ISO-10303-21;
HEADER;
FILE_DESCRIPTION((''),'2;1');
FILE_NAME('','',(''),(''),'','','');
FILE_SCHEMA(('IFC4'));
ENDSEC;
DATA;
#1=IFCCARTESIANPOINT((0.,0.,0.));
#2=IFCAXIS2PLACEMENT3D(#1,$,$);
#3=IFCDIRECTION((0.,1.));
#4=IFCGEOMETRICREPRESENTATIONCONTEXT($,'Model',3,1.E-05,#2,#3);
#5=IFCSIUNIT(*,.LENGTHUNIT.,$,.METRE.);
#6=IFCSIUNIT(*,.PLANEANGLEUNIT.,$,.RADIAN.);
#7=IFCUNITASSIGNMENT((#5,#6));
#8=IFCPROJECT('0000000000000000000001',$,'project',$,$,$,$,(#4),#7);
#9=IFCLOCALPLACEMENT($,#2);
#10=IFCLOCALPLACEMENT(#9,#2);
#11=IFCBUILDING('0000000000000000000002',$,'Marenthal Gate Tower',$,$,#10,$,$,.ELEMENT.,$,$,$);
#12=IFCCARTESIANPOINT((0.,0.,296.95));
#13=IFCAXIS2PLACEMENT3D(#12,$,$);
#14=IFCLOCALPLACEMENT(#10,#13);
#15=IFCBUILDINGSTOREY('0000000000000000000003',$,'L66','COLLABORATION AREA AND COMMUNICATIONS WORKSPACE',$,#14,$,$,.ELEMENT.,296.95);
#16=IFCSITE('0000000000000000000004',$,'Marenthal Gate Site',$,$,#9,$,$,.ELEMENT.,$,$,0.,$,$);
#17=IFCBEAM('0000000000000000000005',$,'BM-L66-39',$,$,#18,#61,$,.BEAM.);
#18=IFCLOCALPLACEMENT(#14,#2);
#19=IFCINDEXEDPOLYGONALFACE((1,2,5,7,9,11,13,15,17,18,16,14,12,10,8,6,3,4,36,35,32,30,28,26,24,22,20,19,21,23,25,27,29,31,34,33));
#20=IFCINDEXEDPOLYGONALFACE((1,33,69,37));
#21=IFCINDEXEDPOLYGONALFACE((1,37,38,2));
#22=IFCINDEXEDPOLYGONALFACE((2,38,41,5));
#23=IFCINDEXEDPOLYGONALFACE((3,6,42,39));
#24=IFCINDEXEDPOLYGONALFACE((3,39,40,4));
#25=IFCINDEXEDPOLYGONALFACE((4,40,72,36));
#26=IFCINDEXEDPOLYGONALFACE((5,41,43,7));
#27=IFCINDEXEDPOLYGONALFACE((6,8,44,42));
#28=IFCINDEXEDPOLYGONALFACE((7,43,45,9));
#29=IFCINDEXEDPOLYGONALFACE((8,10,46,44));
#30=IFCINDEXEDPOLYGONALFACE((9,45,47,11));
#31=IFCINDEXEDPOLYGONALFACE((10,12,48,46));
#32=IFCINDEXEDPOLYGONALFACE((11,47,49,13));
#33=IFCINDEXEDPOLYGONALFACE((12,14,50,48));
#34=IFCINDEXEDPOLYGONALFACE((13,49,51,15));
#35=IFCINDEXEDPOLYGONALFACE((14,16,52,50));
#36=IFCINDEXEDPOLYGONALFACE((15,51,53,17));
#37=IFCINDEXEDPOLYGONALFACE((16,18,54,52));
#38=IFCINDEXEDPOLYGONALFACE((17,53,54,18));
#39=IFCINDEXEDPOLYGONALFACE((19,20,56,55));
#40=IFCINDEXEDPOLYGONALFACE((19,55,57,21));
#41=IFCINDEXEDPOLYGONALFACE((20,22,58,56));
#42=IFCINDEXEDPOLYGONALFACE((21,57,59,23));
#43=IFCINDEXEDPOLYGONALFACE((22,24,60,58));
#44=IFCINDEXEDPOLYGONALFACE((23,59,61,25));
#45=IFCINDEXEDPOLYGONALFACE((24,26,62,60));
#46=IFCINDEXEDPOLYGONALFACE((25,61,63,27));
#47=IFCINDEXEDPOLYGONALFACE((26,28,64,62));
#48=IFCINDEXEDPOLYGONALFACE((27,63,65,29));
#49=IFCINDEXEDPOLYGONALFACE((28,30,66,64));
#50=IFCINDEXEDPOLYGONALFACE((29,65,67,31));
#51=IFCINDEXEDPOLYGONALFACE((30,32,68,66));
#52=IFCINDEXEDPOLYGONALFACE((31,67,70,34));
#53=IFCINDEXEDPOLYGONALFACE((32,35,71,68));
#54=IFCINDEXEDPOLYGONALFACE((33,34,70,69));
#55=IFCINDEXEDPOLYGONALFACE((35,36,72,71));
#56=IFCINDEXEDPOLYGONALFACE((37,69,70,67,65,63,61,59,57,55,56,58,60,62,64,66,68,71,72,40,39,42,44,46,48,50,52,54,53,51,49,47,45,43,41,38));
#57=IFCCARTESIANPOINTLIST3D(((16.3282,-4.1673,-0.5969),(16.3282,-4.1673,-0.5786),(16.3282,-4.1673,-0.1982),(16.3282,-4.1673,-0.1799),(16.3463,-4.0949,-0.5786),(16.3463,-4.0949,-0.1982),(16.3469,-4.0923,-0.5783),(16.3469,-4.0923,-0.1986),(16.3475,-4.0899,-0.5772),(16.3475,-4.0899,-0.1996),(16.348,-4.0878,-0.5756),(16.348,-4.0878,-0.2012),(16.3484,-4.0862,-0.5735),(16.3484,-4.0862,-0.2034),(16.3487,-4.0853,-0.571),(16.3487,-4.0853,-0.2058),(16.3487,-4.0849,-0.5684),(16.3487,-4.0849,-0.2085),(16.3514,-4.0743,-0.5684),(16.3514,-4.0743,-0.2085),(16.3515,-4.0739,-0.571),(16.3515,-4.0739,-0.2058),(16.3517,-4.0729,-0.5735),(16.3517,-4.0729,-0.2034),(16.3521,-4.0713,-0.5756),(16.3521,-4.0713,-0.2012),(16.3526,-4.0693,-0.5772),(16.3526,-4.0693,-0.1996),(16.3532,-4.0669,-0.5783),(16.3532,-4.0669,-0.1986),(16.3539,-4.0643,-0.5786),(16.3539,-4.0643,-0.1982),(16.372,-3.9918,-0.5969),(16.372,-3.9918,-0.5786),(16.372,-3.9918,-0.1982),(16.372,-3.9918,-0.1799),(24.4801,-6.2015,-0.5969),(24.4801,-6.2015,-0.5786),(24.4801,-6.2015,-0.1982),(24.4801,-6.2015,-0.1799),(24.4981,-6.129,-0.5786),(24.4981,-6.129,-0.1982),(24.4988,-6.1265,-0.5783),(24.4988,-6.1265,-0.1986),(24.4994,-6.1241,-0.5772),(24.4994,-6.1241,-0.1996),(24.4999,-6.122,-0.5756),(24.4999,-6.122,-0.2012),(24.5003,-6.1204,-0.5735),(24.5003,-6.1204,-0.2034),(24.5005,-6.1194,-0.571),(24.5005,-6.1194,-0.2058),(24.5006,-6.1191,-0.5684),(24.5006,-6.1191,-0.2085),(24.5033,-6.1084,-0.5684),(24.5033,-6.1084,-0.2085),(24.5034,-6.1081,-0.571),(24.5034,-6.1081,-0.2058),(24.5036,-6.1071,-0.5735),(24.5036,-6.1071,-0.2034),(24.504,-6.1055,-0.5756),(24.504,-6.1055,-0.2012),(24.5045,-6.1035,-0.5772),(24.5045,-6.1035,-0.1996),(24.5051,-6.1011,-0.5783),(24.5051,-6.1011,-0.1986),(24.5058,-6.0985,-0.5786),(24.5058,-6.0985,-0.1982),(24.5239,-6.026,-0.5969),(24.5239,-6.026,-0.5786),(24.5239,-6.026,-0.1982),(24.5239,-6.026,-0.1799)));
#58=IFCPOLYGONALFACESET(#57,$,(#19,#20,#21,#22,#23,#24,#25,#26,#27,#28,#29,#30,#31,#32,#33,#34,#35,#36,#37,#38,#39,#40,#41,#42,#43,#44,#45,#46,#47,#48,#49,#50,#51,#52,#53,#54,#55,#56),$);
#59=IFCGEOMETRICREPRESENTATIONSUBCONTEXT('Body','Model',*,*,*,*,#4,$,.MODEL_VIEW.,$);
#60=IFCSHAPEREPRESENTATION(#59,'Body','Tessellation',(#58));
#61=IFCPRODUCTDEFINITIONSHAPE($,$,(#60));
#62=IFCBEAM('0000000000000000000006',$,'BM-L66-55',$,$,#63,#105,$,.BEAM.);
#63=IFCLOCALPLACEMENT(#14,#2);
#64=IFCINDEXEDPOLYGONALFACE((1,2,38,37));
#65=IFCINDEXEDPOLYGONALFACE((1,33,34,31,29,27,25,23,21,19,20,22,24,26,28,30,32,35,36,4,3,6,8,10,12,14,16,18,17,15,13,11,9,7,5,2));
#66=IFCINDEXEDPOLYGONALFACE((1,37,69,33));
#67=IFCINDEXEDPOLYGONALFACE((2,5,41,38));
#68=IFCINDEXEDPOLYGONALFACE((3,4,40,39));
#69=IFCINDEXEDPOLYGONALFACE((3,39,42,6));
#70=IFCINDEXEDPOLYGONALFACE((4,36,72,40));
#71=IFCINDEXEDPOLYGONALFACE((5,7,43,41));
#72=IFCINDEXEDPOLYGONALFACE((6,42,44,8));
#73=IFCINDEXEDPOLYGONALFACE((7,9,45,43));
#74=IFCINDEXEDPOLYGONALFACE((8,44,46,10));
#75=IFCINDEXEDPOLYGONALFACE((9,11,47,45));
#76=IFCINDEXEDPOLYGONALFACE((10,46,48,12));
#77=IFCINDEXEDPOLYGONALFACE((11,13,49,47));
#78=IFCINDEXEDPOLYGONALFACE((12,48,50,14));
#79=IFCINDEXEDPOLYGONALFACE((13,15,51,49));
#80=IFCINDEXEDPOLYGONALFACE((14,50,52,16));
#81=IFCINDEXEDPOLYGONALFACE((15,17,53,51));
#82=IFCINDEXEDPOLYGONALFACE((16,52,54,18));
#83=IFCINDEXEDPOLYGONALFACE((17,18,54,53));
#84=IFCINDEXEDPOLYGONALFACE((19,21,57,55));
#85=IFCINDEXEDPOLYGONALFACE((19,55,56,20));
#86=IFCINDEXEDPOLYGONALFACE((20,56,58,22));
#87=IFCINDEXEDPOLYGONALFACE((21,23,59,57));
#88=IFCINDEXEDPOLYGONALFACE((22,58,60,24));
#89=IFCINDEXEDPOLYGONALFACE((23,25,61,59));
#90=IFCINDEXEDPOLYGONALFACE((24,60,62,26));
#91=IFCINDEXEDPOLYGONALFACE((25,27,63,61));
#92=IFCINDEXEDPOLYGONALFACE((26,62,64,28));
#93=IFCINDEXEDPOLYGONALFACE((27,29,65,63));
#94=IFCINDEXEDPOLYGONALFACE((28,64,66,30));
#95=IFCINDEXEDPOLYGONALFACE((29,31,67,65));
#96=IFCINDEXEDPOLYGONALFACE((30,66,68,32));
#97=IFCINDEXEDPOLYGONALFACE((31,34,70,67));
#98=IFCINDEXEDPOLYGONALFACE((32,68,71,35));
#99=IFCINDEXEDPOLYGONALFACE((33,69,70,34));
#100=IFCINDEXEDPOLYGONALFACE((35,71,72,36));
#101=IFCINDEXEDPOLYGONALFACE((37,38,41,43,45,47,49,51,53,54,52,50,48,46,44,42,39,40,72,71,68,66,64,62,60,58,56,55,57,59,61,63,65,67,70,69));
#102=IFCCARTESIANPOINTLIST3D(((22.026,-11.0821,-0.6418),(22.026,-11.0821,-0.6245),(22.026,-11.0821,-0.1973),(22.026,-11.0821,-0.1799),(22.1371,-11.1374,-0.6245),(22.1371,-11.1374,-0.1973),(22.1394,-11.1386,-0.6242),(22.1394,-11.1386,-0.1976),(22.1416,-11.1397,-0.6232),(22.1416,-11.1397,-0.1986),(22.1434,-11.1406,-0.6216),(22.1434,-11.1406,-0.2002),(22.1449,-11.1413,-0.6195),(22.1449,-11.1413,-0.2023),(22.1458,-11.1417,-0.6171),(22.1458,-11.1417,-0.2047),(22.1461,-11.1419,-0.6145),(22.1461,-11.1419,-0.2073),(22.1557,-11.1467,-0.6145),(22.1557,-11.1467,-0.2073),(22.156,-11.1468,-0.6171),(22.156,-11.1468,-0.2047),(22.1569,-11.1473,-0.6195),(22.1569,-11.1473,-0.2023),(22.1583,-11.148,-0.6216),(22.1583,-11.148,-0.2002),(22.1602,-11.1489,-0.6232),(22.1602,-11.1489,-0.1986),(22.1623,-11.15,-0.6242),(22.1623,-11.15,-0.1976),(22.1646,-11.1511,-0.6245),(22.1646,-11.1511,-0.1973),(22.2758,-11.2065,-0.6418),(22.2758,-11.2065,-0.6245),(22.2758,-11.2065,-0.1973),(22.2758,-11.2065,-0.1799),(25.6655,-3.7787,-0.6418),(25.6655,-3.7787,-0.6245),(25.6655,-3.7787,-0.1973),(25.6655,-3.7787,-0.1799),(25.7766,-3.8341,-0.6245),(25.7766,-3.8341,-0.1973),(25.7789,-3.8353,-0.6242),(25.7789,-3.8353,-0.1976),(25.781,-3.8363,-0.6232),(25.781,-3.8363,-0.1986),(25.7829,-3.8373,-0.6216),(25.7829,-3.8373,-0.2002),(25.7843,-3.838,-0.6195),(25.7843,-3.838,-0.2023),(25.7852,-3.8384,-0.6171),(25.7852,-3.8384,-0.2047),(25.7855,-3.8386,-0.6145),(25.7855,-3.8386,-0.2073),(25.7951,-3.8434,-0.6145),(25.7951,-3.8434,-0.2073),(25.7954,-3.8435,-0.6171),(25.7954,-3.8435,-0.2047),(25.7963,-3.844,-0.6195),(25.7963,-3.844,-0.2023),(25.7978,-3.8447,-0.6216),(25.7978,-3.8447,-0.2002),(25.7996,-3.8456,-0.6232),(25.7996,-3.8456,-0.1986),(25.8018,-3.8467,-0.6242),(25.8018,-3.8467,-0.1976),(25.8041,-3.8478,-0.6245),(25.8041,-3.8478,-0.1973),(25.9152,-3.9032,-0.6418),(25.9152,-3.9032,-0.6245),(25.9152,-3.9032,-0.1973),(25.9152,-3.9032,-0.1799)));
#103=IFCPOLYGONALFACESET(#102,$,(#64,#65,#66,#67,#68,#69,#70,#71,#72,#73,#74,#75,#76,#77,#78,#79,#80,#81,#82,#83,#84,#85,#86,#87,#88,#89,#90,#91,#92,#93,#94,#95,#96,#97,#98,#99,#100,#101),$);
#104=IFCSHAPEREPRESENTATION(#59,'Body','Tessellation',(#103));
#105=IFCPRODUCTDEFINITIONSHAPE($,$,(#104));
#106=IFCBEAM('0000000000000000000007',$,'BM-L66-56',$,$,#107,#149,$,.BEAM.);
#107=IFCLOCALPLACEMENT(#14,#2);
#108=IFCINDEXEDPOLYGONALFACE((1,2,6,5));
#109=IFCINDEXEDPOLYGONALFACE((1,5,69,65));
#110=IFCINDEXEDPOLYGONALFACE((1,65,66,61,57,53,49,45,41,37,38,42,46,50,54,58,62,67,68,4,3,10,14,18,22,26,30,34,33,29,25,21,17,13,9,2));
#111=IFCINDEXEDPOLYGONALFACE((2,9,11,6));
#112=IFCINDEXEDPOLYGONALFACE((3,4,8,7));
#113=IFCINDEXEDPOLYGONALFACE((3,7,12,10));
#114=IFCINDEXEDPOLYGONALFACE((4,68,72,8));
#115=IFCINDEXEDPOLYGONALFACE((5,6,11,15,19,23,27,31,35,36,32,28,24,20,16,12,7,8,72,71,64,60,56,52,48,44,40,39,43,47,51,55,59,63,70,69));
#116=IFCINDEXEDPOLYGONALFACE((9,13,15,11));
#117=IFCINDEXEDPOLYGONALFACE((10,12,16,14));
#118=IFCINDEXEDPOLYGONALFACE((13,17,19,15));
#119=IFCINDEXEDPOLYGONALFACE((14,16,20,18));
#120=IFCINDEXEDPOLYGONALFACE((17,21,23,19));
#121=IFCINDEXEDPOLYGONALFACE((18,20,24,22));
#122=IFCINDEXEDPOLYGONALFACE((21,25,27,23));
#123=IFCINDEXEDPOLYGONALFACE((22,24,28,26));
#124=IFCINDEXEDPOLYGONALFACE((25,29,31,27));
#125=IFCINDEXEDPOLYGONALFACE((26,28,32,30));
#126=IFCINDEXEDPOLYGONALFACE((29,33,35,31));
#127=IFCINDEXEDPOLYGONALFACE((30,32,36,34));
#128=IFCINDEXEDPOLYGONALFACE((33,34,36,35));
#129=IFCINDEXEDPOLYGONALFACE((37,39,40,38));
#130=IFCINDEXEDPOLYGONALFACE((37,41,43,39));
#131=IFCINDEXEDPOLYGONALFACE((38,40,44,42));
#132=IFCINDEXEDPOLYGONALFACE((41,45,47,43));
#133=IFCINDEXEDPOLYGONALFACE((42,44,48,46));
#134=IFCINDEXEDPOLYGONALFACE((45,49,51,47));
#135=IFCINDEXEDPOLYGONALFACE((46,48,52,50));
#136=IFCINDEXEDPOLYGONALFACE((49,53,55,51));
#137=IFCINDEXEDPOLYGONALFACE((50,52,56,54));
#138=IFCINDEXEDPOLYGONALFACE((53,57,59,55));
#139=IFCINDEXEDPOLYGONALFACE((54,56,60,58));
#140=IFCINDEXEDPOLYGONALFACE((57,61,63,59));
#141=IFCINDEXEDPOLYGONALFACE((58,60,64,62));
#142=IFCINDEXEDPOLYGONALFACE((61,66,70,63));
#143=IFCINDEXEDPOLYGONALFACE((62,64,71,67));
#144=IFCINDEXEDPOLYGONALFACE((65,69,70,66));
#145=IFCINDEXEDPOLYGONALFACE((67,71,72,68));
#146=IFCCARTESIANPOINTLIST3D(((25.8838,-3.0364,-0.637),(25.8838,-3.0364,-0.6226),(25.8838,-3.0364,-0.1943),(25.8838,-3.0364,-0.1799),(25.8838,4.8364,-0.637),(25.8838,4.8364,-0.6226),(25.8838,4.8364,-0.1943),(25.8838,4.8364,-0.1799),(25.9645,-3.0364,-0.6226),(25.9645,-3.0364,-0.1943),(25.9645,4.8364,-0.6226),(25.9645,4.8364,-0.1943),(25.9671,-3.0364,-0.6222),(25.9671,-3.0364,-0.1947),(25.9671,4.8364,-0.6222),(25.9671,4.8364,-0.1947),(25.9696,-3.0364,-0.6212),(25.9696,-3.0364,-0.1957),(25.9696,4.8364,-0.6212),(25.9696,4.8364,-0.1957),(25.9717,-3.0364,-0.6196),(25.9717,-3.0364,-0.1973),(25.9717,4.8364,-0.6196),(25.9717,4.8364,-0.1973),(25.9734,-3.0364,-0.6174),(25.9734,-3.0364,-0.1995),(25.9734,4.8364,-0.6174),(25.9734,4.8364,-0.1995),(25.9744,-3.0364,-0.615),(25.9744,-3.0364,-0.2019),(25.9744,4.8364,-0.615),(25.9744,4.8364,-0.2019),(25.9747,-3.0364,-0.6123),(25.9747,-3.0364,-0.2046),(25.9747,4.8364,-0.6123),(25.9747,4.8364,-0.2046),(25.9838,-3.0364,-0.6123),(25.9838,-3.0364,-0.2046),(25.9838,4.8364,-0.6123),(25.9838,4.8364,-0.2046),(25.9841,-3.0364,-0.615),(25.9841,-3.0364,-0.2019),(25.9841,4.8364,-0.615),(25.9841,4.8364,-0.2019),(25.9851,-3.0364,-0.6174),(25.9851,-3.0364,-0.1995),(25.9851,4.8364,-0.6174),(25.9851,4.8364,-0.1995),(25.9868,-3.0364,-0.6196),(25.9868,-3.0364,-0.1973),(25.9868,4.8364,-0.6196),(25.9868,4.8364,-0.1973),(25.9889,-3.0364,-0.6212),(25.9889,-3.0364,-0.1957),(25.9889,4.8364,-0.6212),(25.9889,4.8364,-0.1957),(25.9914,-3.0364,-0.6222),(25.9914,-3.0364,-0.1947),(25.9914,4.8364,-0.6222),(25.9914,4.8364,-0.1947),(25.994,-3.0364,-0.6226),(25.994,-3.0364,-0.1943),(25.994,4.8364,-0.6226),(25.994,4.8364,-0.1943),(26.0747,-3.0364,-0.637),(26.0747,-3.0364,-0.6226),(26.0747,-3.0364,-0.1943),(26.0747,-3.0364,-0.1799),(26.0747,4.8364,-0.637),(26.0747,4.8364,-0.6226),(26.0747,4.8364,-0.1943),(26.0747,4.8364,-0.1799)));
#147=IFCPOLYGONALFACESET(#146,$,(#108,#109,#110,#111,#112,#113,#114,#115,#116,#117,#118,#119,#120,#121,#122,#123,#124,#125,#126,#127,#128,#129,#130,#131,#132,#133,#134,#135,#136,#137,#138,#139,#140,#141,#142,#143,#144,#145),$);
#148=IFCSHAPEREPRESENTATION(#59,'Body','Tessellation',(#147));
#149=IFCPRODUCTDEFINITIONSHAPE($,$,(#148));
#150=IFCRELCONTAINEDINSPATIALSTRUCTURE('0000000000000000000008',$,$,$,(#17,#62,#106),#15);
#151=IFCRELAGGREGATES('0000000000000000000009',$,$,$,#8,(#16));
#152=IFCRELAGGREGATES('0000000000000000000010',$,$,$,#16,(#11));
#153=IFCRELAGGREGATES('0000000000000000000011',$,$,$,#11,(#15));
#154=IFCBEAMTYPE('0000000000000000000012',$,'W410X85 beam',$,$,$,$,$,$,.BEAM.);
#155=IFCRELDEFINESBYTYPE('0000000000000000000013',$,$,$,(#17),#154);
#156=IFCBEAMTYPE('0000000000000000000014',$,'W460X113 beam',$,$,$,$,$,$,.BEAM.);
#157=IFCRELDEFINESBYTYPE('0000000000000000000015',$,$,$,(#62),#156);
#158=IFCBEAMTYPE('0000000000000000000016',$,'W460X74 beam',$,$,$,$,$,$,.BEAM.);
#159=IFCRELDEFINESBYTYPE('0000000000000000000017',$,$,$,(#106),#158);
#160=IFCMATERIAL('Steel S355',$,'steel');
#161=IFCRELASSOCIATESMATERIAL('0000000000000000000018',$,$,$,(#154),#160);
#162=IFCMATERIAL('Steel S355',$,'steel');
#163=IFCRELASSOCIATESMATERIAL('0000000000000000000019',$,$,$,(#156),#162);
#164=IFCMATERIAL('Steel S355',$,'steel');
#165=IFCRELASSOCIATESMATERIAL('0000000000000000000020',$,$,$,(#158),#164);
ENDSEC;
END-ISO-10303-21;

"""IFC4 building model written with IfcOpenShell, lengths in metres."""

from ifc_helpers import new_model, si_unit, direction, frame, origin, origin_2d, place, context, subcontext, project, spatial, i_section, extrude, material, material_profile, profile_set, type_object, element, save


model = new_model("IFC4")

# Units and contexts
model_context = context("Model", 3, precision=1e-05, world=origin(), true_north=direction((0.0, 1.0)))
body_context = subcontext(model_context, "Body", "Model", "MODEL_VIEW")
ifc_project = project(units=[si_unit("LENGTHUNIT", "METRE"), si_unit("PLANEANGLEUNIT", "RADIAN")], contexts=[model_context])

# Site, building, storey
site_placement = place(None, origin())
site = spatial("IfcSite", under=ifc_project, at=site_placement, Name="Marenthal Gate Site", CompositionType="ELEMENT", RefElevation=0.0)
building_placement = place(site_placement, origin())
building = spatial("IfcBuilding", under=site, at=building_placement, Name="Marenthal Gate Tower", CompositionType="ELEMENT")
storey_placement = place(building_placement, frame((0.0, 0.0, 296.95)))
storey = spatial("IfcBuildingStorey", under=building, at=storey_placement, Name="L66", Description="COLLABORATION AREA AND COMMUNICATIONS WORKSPACE", CompositionType="ELEMENT", Elevation=296.95)

# Beams
ifc_material_1 = material(Name="Steel S355", Category="steel")
ifc_material_profile_1 = material_profile(ifc_material_1, i_section(OverallWidth=0.1809, OverallDepth=0.417, WebThickness=0.011, FlangeThickness=0.0183, FilletRadius=0.0103, at=origin_2d()), Name="W410X85")
ifc_profile_set_1 = profile_set([ifc_material_profile_1], Name="Steel S355")
beam_type_1 = type_object("IfcBeamType", Name="W410X85 beam", PredefinedType="BEAM", material=ifc_profile_set_1)
beam_1_placement = place(storey_placement, frame((24.502, -6.1138, -0.3884), z_axis=(-0.970248, 0.242112, 0.0), x_axis=(-0.242112, -0.970248, 0.0)))
element("IfcBeam", 1, at=beam_1_placement, inside=storey, type_object=beam_type_1, Name="BM-L66-39", PredefinedType="BEAM", context=body_context, shape_type="SweptSolid", body=[
    extrude(i_section(OverallWidth=0.1809, OverallDepth=0.417, WebThickness=0.011, FlangeThickness=0.0183, FilletRadius=0.0103, at=origin_2d()), origin(), (0.0, 0.0, 1.0), 8.4019),
])
ifc_material_2 = material(Name="Steel S355", Category="steel")
ifc_material_profile_2 = material_profile(ifc_material_2, i_section(OverallWidth=0.2791, OverallDepth=0.4619, WebThickness=0.0107, FlangeThickness=0.0173, FilletRadius=0.01, at=origin_2d()), Name="W460X113")
ifc_profile_set_2 = profile_set([ifc_material_profile_2], Name="Steel S355")
beam_type_2 = type_object("IfcBeamType", Name="W460X113 beam", PredefinedType="BEAM", material=ifc_profile_set_2)
beam_2_placement = place(storey_placement, frame((22.1509, -11.1443, -0.4109), z_axis=(0.446016, 0.895025, 0.0), x_axis=(-0.895025, 0.446016, 0.0)))
element("IfcBeam", 2, at=beam_2_placement, inside=storey, type_object=beam_type_2, Name="BM-L66-55", PredefinedType="BEAM", context=body_context, shape_type="SweptSolid", body=[
    extrude(i_section(OverallWidth=0.2791, OverallDepth=0.4619, WebThickness=0.0107, FlangeThickness=0.0173, FilletRadius=0.01, at=origin_2d()), origin(), (0.0, 0.0, 1.0), 8.1599),
])
ifc_material_3 = material(Name="Steel S355", Category="steel")
ifc_material_profile_3 = material_profile(ifc_material_3, i_section(OverallWidth=0.1909, OverallDepth=0.457, WebThickness=0.009, FlangeThickness=0.0144, FilletRadius=0.0103, at=origin_2d()), Name="W460X74")
ifc_profile_set_3 = profile_set([ifc_material_profile_3], Name="Steel S355")
beam_type_3 = type_object("IfcBeamType", Name="W460X74 beam", PredefinedType="BEAM", material=ifc_profile_set_3)
beam_3_placement = place(storey_placement, frame((25.9792, -3.0364, -0.4084), z_axis=(0.0, 1.0, 0.0), x_axis=(-1.0, 0.0, 0.0)))
element("IfcBeam", 3, at=beam_3_placement, inside=storey, type_object=beam_type_3, Name="BM-L66-56", PredefinedType="BEAM", context=body_context, shape_type="SweptSolid", body=[
    extrude(i_section(OverallWidth=0.1909, OverallDepth=0.457, WebThickness=0.009, FlangeThickness=0.0144, FilletRadius=0.0103, at=origin_2d()), origin(), (0.0, 0.0, 1.0), 7.8728),
])

save(model, "model.ifc")
